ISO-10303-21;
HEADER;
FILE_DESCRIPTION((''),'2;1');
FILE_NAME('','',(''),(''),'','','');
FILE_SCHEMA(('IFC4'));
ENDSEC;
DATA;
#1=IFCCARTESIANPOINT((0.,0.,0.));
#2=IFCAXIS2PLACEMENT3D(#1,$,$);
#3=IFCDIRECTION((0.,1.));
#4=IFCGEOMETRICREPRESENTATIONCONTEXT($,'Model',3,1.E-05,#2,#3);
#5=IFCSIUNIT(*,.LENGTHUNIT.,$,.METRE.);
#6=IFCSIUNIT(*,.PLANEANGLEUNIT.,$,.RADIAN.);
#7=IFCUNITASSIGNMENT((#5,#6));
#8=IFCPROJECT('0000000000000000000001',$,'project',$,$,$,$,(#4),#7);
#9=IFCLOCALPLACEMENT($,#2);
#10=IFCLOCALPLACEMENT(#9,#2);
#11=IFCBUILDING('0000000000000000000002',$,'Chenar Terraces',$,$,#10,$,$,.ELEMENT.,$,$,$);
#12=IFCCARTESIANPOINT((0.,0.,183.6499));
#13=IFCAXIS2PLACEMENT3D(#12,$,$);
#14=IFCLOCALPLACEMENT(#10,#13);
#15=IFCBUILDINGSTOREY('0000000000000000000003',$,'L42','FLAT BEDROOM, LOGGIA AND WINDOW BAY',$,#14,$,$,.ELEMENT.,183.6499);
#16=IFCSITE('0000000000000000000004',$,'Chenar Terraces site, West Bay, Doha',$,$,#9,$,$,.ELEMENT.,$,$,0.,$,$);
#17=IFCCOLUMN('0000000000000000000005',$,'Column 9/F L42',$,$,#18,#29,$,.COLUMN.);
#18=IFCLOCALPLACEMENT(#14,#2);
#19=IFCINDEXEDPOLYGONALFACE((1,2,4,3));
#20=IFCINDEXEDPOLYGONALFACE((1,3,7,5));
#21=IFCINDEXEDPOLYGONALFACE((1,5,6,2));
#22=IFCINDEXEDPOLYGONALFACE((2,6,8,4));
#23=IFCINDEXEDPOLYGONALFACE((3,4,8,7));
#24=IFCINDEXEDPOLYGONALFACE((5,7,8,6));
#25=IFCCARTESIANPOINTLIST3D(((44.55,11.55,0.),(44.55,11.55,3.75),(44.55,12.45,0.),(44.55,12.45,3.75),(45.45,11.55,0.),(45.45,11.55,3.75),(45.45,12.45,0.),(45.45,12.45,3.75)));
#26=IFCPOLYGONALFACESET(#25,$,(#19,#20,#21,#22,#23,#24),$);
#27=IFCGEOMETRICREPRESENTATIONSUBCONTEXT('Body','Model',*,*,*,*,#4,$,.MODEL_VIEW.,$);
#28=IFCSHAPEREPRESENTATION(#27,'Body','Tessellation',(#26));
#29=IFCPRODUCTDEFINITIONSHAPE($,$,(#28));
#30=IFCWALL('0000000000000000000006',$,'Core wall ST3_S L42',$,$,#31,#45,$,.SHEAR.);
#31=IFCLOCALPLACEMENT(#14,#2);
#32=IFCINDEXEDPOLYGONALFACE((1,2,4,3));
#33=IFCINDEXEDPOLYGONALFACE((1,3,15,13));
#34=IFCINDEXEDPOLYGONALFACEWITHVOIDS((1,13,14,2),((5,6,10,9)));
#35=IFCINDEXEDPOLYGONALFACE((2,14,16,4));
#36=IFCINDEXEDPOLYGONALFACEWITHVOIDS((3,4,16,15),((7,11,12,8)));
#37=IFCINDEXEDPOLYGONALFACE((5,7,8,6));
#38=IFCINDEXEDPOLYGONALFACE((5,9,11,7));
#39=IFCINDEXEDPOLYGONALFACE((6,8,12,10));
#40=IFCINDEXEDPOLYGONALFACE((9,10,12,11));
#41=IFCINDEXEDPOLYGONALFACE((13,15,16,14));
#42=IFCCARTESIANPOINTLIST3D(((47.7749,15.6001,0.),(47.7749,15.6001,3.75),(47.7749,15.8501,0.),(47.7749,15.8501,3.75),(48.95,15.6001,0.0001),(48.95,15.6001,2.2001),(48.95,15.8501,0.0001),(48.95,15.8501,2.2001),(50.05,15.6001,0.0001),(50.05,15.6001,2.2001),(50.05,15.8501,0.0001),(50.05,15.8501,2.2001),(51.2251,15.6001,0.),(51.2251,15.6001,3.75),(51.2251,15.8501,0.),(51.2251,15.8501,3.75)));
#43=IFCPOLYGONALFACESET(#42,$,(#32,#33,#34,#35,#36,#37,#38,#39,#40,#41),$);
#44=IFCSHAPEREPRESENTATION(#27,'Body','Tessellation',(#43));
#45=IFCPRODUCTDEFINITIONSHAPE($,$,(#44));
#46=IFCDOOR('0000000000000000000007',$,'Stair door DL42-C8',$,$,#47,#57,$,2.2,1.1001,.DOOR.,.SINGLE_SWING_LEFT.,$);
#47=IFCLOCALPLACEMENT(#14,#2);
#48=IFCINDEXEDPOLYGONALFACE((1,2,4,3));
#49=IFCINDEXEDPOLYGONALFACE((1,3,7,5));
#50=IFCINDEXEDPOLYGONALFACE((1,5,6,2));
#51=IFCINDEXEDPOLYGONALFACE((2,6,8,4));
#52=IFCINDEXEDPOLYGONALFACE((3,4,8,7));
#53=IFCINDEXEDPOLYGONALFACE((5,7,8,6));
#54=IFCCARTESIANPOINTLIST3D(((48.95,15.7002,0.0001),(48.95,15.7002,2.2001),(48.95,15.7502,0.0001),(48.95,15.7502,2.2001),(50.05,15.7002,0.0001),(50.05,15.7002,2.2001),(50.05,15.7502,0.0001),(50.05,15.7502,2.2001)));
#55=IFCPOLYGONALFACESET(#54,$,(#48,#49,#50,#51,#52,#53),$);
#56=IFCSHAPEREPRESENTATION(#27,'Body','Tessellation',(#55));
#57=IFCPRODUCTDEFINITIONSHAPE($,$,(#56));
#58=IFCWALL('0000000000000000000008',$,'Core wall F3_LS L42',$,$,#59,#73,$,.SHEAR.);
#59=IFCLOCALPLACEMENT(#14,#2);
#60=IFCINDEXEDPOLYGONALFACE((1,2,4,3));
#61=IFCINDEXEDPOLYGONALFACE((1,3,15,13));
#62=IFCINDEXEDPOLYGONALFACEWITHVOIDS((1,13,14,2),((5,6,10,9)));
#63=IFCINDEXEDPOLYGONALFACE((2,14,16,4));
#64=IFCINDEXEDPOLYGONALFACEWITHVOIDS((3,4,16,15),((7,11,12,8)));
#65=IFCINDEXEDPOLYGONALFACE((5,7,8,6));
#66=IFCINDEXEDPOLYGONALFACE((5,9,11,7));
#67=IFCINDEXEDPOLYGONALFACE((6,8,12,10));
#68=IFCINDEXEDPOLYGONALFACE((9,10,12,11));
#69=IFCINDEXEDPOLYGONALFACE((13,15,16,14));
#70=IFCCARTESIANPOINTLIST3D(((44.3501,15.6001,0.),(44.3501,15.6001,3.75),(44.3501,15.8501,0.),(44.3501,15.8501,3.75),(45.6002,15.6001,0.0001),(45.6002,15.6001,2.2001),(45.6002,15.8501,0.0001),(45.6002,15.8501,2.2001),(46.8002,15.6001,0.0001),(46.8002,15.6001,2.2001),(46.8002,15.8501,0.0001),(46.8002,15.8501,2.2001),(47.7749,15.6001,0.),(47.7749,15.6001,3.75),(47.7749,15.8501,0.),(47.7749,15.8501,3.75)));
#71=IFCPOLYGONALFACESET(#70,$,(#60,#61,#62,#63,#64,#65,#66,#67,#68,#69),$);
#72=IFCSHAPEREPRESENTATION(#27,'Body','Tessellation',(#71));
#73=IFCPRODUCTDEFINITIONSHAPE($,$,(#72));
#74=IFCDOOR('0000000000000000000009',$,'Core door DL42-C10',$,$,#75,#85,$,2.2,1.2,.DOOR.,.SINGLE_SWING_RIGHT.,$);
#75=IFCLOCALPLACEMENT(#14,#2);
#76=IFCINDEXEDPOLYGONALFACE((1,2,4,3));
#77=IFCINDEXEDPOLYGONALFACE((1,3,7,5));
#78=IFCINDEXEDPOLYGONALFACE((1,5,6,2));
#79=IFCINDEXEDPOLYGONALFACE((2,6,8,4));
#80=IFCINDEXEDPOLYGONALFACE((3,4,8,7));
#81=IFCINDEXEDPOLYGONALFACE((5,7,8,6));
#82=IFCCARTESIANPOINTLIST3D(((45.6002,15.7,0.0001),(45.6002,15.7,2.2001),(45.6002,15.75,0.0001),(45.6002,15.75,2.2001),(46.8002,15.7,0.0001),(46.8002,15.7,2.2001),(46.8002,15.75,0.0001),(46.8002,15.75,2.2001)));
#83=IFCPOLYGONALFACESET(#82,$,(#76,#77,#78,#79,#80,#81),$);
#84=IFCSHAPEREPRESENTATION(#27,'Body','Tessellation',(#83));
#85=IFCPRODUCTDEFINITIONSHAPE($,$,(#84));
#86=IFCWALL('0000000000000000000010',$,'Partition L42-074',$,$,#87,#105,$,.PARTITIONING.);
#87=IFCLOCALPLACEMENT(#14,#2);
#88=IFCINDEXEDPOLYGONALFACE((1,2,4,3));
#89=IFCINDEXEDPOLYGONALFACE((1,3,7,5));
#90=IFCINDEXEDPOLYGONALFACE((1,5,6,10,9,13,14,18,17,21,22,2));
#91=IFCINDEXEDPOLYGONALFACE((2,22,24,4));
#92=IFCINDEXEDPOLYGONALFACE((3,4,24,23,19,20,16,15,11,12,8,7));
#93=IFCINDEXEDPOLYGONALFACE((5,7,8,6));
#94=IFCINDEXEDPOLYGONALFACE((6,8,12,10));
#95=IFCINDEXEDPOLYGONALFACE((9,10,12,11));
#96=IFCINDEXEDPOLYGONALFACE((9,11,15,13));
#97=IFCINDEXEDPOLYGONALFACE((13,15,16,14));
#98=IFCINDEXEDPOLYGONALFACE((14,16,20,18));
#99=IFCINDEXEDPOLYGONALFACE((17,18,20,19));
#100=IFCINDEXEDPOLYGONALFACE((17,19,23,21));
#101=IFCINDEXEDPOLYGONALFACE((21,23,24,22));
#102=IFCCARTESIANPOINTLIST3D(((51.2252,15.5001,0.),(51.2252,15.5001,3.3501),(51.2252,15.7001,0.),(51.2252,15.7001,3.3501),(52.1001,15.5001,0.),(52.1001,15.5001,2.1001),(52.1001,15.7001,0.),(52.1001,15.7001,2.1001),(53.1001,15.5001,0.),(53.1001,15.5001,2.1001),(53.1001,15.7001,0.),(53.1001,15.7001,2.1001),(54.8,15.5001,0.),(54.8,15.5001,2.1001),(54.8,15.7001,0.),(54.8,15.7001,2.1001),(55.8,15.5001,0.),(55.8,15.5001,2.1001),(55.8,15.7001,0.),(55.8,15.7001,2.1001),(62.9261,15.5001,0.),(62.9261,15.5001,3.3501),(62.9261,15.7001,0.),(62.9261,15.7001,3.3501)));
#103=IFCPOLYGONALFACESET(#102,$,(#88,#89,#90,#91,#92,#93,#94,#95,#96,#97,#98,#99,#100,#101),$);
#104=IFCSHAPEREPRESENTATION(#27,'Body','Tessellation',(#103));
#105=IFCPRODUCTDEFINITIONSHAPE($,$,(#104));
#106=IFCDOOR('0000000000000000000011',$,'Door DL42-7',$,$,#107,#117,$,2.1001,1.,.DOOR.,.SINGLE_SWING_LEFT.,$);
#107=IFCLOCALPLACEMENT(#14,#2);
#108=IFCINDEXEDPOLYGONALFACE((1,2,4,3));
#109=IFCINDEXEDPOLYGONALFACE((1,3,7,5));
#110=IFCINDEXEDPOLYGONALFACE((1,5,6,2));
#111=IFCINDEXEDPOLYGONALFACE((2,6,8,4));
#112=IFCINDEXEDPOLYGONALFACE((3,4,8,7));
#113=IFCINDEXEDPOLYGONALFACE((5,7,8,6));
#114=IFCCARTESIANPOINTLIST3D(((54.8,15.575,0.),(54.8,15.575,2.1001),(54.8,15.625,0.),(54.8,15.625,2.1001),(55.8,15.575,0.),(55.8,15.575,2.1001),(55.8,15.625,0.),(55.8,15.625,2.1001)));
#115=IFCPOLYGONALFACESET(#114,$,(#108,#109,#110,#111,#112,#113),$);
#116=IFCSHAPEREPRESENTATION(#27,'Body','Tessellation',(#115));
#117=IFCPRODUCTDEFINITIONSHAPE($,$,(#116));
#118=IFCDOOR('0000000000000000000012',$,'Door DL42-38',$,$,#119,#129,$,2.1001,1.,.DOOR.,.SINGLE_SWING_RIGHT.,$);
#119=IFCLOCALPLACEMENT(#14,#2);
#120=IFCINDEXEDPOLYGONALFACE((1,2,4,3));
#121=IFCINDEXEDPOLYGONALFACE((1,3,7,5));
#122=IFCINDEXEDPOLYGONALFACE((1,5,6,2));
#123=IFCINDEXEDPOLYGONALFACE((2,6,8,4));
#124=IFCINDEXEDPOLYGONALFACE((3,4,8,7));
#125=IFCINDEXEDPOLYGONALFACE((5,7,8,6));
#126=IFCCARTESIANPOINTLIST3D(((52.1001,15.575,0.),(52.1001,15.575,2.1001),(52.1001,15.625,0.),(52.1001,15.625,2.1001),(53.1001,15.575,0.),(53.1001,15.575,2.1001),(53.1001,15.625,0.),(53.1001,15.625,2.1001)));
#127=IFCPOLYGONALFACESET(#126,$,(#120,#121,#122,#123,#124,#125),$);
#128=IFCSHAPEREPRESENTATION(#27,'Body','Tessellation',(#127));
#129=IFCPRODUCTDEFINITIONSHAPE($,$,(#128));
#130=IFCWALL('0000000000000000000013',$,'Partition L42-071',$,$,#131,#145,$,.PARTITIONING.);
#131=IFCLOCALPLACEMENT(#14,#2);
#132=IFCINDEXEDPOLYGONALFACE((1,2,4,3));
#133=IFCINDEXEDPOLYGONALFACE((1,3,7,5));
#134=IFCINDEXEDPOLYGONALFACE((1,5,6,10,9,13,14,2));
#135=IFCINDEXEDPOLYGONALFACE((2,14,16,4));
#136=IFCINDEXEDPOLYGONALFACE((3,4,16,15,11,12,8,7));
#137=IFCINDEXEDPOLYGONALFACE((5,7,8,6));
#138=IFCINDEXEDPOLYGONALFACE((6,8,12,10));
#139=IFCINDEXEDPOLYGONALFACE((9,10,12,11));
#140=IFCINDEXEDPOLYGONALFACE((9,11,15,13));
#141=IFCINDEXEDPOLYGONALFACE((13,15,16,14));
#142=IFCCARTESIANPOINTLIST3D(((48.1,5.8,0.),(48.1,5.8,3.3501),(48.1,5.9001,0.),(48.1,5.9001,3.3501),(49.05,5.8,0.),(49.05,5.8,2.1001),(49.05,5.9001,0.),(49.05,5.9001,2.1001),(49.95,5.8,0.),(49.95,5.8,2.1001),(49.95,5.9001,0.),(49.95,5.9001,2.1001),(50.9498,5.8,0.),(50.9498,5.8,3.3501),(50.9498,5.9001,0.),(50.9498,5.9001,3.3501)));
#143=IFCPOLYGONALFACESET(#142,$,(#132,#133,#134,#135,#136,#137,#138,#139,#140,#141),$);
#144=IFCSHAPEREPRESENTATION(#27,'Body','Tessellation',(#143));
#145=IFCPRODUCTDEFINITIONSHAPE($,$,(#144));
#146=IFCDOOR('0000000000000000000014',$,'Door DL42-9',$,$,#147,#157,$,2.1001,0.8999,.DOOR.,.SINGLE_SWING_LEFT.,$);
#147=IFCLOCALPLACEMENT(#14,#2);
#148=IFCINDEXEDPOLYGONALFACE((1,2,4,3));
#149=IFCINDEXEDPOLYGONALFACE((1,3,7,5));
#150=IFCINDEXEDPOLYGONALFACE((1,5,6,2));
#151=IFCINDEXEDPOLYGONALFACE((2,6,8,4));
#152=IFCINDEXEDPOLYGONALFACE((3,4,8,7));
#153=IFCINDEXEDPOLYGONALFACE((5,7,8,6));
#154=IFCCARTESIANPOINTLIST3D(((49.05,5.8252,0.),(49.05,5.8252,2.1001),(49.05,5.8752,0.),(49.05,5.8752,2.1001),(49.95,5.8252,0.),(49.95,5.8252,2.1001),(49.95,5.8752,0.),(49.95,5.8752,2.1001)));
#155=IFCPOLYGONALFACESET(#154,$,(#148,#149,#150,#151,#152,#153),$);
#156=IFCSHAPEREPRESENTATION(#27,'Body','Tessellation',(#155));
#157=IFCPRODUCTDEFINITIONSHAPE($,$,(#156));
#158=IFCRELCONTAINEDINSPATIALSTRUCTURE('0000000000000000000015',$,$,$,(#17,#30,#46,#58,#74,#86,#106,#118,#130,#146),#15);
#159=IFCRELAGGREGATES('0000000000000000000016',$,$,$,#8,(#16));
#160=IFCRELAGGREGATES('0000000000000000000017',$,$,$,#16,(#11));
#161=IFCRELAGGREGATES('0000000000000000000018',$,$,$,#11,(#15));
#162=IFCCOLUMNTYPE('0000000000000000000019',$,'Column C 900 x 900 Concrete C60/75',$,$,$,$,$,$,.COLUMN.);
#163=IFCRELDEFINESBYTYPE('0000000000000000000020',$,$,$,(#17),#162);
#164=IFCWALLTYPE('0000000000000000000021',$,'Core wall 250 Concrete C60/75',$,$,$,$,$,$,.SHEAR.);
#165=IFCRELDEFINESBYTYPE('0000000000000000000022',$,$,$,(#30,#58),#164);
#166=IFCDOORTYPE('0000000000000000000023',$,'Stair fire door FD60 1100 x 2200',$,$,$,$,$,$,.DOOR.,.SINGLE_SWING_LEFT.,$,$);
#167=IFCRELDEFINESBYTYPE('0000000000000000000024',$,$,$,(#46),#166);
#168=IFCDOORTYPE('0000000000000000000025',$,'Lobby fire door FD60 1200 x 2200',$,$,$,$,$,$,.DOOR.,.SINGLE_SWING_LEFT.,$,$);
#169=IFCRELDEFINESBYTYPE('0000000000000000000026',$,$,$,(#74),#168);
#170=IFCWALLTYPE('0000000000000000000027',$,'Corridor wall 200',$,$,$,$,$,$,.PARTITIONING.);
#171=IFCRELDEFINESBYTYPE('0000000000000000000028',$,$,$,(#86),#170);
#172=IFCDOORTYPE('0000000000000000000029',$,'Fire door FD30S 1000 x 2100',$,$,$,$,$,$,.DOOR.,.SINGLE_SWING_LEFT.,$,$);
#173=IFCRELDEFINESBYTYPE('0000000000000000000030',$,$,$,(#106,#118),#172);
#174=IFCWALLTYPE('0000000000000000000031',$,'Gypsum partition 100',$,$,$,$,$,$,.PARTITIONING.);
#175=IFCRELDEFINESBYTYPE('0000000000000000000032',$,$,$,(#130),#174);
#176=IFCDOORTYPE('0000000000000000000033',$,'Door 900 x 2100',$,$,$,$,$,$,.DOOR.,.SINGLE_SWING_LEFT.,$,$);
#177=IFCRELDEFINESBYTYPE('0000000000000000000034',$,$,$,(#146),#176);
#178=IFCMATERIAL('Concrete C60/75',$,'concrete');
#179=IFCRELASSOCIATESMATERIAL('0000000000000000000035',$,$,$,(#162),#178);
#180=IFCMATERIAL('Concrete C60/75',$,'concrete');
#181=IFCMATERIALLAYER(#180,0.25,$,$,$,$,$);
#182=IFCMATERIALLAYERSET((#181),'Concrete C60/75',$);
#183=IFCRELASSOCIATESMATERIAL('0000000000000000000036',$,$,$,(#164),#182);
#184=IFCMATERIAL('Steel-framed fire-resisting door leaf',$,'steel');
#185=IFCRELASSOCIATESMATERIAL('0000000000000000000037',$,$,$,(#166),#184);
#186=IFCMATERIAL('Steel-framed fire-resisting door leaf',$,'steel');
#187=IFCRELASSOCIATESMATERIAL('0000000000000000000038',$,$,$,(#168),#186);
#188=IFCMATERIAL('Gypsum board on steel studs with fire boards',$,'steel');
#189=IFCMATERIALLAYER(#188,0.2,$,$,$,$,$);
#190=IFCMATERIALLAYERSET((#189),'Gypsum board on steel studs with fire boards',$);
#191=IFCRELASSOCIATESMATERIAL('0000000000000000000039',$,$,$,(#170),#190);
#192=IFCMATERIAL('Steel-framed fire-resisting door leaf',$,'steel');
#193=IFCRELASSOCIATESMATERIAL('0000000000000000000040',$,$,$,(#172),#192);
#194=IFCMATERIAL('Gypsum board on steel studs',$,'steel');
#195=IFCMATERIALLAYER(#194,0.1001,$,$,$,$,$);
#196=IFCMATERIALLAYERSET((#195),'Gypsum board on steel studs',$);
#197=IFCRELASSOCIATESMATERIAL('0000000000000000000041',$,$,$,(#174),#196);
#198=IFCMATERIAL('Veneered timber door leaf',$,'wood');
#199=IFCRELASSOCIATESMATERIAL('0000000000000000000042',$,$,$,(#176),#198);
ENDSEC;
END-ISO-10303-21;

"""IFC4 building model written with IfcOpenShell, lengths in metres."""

from ifc_helpers import new_model, si_unit, direction, frame, frame_2d, origin, origin_2d, place, context, subcontext, project, spatial, rectangle, extrude, material, layer, layer_set, material_profile, profile_set, type_object, element, fill, save


model = new_model("IFC4")

# Units and contexts
model_context = context("Model", 3, precision=1e-05, world=origin(), true_north=direction((0.0, 1.0)))
body_context = subcontext(model_context, "Body", "Model", "MODEL_VIEW")
ifc_project = project(units=[si_unit("LENGTHUNIT", "METRE"), si_unit("PLANEANGLEUNIT", "RADIAN")], contexts=[model_context])

# Site, building, storey
site_placement = place(None, origin())
site = spatial("IfcSite", under=ifc_project, at=site_placement, Name="Chenar Terraces site, West Bay, Doha", CompositionType="ELEMENT", RefElevation=0.0)
building_placement = place(site_placement, origin())
building = spatial("IfcBuilding", under=site, at=building_placement, Name="Chenar Terraces", CompositionType="ELEMENT")
storey_placement = place(building_placement, frame((0.0, 0.0, 183.6499)))
storey = spatial("IfcBuildingStorey", under=building, at=storey_placement, Name="L42", Description="FLAT BEDROOM, LOGGIA AND WINDOW BAY", CompositionType="ELEMENT", Elevation=183.6499)

# Column
ifc_material_1 = material(Name="Concrete C60/75", Category="concrete")
ifc_material_profile = material_profile(ifc_material_1, rectangle(XDim=0.8999, YDim=0.8999, at=origin_2d()), Name="C 900 x 900")
ifc_profile_set = profile_set([ifc_material_profile], Name="Concrete C60/75")
column_type = type_object("IfcColumnType", Name="Column C 900 x 900 Concrete C60/75", PredefinedType="COLUMN", material=ifc_profile_set)
column_placement = place(storey_placement, frame((45.0, 12.0, 0.0), z_axis=(0.0, 0.0, 1.0), x_axis=(1.0, 0.0, 0.0)))
element("IfcColumn", 1, at=column_placement, inside=storey, type_object=column_type, Name="Column 9/F L42", PredefinedType="COLUMN", context=body_context, shape_type="SweptSolid", body=[
    extrude(rectangle(XDim=0.8999, YDim=0.8999, at=origin_2d()), origin(), (0.0, 0.0, 1.0), 3.75),
])

# Walls, openings, doors
ifc_material_2 = material(Name="Concrete C60/75", Category="concrete")
ifc_layer_1 = layer(ifc_material_2, 0.25)
ifc_layer_set_1 = layer_set([ifc_layer_1], Name="Concrete C60/75")
wall_type_1 = type_object("IfcWallType", Name="Core wall 250 Concrete C60/75", PredefinedType="SHEAR", material=ifc_layer_set_1)
wall_1_placement = place(storey_placement, frame((47.7749, 15.7251, 0.0), z_axis=(0.0, 0.0, 1.0), x_axis=(1.0, 0.0, 0.0)))
wall_1 = element("IfcWall", 2, at=wall_1_placement, inside=storey, type_object=wall_type_1, Name="Core wall ST3_S L42", PredefinedType="SHEAR", context=body_context, shape_type="SweptSolid", body=[
    extrude(rectangle(XDim=3.4502, YDim=0.25, at=frame_2d((1.7251, 0.0))), origin(), (0.0, 0.0, 1.0), 3.75),
])
opening_1_placement = place(wall_1_placement, frame((1.175, 0.0, 0.0)))
opening_1 = element("IfcOpeningElement", 3, at=opening_1_placement, cuts=wall_1, PredefinedType="OPENING", context=body_context, shape_type="SweptSolid", body=[
    extrude(rectangle(XDim=1.1001, YDim=2.2, at=frame_2d((0.55, 1.1001))), frame((0.0, 0.135, 0.0), z_axis=(0.0, -1.0, 0.0), x_axis=(1.0, 0.0, 0.0)), (0.0, 0.0, 1.0), 0.27),
])
ifc_material_3 = material(Name="Steel-framed fire-resisting door leaf", Category="steel")
door_type_1 = type_object("IfcDoorType", Name="Stair fire door FD60 1100 x 2200", OperationType="SINGLE_SWING_LEFT", PredefinedType="DOOR", material=ifc_material_3)
door_1_placement = place(opening_1_placement, frame((1.1001, 0.0, 0.0), z_axis=(0.0, 0.0, 1.0), x_axis=(-1.0, 0.0, 0.0)))
door_1 = element("IfcDoor", 4, at=door_1_placement, inside=storey, type_object=door_type_1, Name="Stair door DL42-C8", OperationType="SINGLE_SWING_LEFT", OverallHeight=2.2, OverallWidth=1.1001, PredefinedType="DOOR", context=body_context, shape_type="SweptSolid", body=[
    extrude(rectangle(XDim=1.1001, YDim=2.2, at=frame_2d((0.55, 1.1001))), frame((0.0, 0.0249, 0.0), z_axis=(0.0, -1.0, 0.0), x_axis=(1.0, 0.0, 0.0)), (0.0, 0.0, 1.0), 0.05),
])
fill(opening_1, door_1)
wall_2_placement = place(storey_placement, frame((44.3501, 15.7251, 0.0), z_axis=(0.0, 0.0, 1.0), x_axis=(1.0, 0.0, 0.0)))
wall_2 = element("IfcWall", 5, at=wall_2_placement, inside=storey, type_object=wall_type_1, Name="Core wall F3_LS L42", PredefinedType="SHEAR", context=body_context, shape_type="SweptSolid", body=[
    extrude(rectangle(XDim=3.4248, YDim=0.25, at=frame_2d((1.7124, 0.0))), origin(), (0.0, 0.0, 1.0), 3.75),
])
opening_2_placement = place(wall_2_placement, frame((1.25, 0.0, 0.0)))
opening_2 = element("IfcOpeningElement", 6, at=opening_2_placement, cuts=wall_2, PredefinedType="OPENING", context=body_context, shape_type="SweptSolid", body=[
    extrude(rectangle(XDim=1.2, YDim=2.2, at=frame_2d((0.6001, 1.1001))), frame((0.0, 0.135, 0.0), z_axis=(0.0, -1.0, 0.0), x_axis=(1.0, 0.0, 0.0)), (0.0, 0.0, 1.0), 0.27),
])
ifc_material_4 = material(Name="Steel-framed fire-resisting door leaf", Category="steel")
door_type_2 = type_object("IfcDoorType", Name="Lobby fire door FD60 1200 x 2200", OperationType="SINGLE_SWING_LEFT", PredefinedType="DOOR", material=ifc_material_4)
door_2_placement = place(opening_2_placement, origin())
door_2 = element("IfcDoor", 7, at=door_2_placement, inside=storey, type_object=door_type_2, Name="Core door DL42-C10", OperationType="SINGLE_SWING_RIGHT", OverallHeight=2.2, OverallWidth=1.2, PredefinedType="DOOR", context=body_context, shape_type="SweptSolid", body=[
    extrude(rectangle(XDim=1.2, YDim=2.2, at=frame_2d((0.6001, 1.1001))), frame((0.0, 0.0249, 0.0), z_axis=(0.0, -1.0, 0.0), x_axis=(1.0, 0.0, 0.0)), (0.0, 0.0, 1.0), 0.05),
])
fill(opening_2, door_2)

# Wall, openings, doors
ifc_material_5 = material(Name="Gypsum board on steel studs with fire boards", Category="steel")
ifc_layer_2 = layer(ifc_material_5, 0.2)
ifc_layer_set_2 = layer_set([ifc_layer_2], Name="Gypsum board on steel studs with fire boards")
wall_type_2 = type_object("IfcWallType", Name="Corridor wall 200", PredefinedType="PARTITIONING", material=ifc_layer_set_2)
wall_3_placement = place(storey_placement, frame((51.2251, 15.6001, 0.0), z_axis=(0.0, 0.0, 1.0), x_axis=(1.0, 0.0, 0.0)))
wall_3 = element("IfcWall", 8, at=wall_3_placement, inside=storey, type_object=wall_type_2, Name="Partition L42-074", PredefinedType="PARTITIONING", context=body_context, shape_type="SweptSolid", body=[
    extrude(rectangle(XDim=11.7009, YDim=0.2, at=frame_2d((5.8506, 0.0))), origin(), (0.0, 0.0, 1.0), 3.3501),
])
opening_3_placement = place(wall_3_placement, frame((3.575, 0.0, 0.0)))
opening_3 = element("IfcOpeningElement", 9, at=opening_3_placement, cuts=wall_3, PredefinedType="OPENING", context=body_context, shape_type="SweptSolid", body=[
    extrude(rectangle(XDim=1.0, YDim=2.1001, at=frame_2d((0.5, 1.05))), frame((0.0, 0.1099, 0.0), z_axis=(0.0, -1.0, 0.0), x_axis=(1.0, 0.0, 0.0)), (0.0, 0.0, 1.0), 0.22),
])
opening_4_placement = place(wall_3_placement, frame((0.875, 0.0, 0.0)))
opening_4 = element("IfcOpeningElement", 10, at=opening_4_placement, cuts=wall_3, PredefinedType="OPENING", context=body_context, shape_type="SweptSolid", body=[
    extrude(rectangle(XDim=1.0, YDim=2.1001, at=frame_2d((0.5, 1.05))), frame((0.0, 0.1099, 0.0), z_axis=(0.0, -1.0, 0.0), x_axis=(1.0, 0.0, 0.0)), (0.0, 0.0, 1.0), 0.22),
])
ifc_material_6 = material(Name="Steel-framed fire-resisting door leaf", Category="steel")
door_type_3 = type_object("IfcDoorType", Name="Fire door FD30S 1000 x 2100", OperationType="SINGLE_SWING_LEFT", PredefinedType="DOOR", material=ifc_material_6)
door_3_placement = place(opening_3_placement, origin())
door_3 = element("IfcDoor", 11, at=door_3_placement, inside=storey, type_object=door_type_3, Name="Door DL42-7", OperationType="SINGLE_SWING_LEFT", OverallHeight=2.1001, OverallWidth=1.0, PredefinedType="DOOR", context=body_context, shape_type="SweptSolid", body=[
    extrude(rectangle(XDim=1.0, YDim=2.1001, at=frame_2d((0.5, 1.05))), frame((0.0, 0.0249, 0.0), z_axis=(0.0, -1.0, 0.0), x_axis=(1.0, 0.0, 0.0)), (0.0, 0.0, 1.0), 0.05),
])
fill(opening_3, door_3)
door_4_placement = place(opening_4_placement, origin())
door_4 = element("IfcDoor", 12, at=door_4_placement, inside=storey, type_object=door_type_3, Name="Door DL42-38", OperationType="SINGLE_SWING_RIGHT", OverallHeight=2.1001, OverallWidth=1.0, PredefinedType="DOOR", context=body_context, shape_type="SweptSolid", body=[
    extrude(rectangle(XDim=1.0, YDim=2.1001, at=frame_2d((0.5, 1.05))), frame((0.0, 0.0249, 0.0), z_axis=(0.0, -1.0, 0.0), x_axis=(1.0, 0.0, 0.0)), (0.0, 0.0, 1.0), 0.05),
])
fill(opening_4, door_4)

# Wall, opening, door
ifc_material_7 = material(Name="Gypsum board on steel studs", Category="steel")
ifc_layer_3 = layer(ifc_material_7, 0.1001)
ifc_layer_set_3 = layer_set([ifc_layer_3], Name="Gypsum board on steel studs")
wall_type_3 = type_object("IfcWallType", Name="Gypsum partition 100", PredefinedType="PARTITIONING", material=ifc_layer_set_3)
wall_4_placement = place(storey_placement, frame((48.1001, 5.8501, 0.0), z_axis=(0.0, 0.0, 1.0), x_axis=(1.0, 0.0, 0.0)))
wall_4 = element("IfcWall", 13, at=wall_4_placement, inside=storey, type_object=wall_type_3, Name="Partition L42-071", PredefinedType="PARTITIONING", context=body_context, shape_type="SweptSolid", body=[
    extrude(rectangle(XDim=2.8499, YDim=0.1001, at=frame_2d((1.4248, 0.0))), origin(), (0.0, 0.0, 1.0), 3.3501),
])
opening_5_placement = place(wall_4_placement, frame((0.95, 0.0, 0.0)))
opening_5 = element("IfcOpeningElement", 14, at=opening_5_placement, cuts=wall_4, PredefinedType="OPENING", context=body_context, shape_type="SweptSolid", body=[
    extrude(rectangle(XDim=0.8999, YDim=2.1001, at=frame_2d((0.45, 1.05))), frame((0.0, 0.0601, 0.0), z_axis=(0.0, -1.0, 0.0), x_axis=(1.0, 0.0, 0.0)), (0.0, 0.0, 1.0), 0.1201),
])
ifc_material_8 = material(Name="Veneered timber door leaf", Category="wood")
door_type_4 = type_object("IfcDoorType", Name="Door 900 x 2100", OperationType="SINGLE_SWING_LEFT", PredefinedType="DOOR", material=ifc_material_8)
door_5_placement = place(opening_5_placement, frame((0.8999, 0.0, 0.0), z_axis=(0.0, 0.0, 1.0), x_axis=(-1.0, 0.0, 0.0)))
door_5 = element("IfcDoor", 15, at=door_5_placement, inside=storey, type_object=door_type_4, Name="Door DL42-9", OperationType="SINGLE_SWING_LEFT", OverallHeight=2.1001, OverallWidth=0.8999, PredefinedType="DOOR", context=body_context, shape_type="SweptSolid", body=[
    extrude(rectangle(XDim=0.8999, YDim=2.1001, at=frame_2d((0.45, 1.05))), frame((0.0, 0.0249, 0.0), z_axis=(0.0, -1.0, 0.0), x_axis=(1.0, 0.0, 0.0)), (0.0, 0.0, 1.0), 0.05),
])
fill(opening_5, door_5)

save(model, "model.ifc")
